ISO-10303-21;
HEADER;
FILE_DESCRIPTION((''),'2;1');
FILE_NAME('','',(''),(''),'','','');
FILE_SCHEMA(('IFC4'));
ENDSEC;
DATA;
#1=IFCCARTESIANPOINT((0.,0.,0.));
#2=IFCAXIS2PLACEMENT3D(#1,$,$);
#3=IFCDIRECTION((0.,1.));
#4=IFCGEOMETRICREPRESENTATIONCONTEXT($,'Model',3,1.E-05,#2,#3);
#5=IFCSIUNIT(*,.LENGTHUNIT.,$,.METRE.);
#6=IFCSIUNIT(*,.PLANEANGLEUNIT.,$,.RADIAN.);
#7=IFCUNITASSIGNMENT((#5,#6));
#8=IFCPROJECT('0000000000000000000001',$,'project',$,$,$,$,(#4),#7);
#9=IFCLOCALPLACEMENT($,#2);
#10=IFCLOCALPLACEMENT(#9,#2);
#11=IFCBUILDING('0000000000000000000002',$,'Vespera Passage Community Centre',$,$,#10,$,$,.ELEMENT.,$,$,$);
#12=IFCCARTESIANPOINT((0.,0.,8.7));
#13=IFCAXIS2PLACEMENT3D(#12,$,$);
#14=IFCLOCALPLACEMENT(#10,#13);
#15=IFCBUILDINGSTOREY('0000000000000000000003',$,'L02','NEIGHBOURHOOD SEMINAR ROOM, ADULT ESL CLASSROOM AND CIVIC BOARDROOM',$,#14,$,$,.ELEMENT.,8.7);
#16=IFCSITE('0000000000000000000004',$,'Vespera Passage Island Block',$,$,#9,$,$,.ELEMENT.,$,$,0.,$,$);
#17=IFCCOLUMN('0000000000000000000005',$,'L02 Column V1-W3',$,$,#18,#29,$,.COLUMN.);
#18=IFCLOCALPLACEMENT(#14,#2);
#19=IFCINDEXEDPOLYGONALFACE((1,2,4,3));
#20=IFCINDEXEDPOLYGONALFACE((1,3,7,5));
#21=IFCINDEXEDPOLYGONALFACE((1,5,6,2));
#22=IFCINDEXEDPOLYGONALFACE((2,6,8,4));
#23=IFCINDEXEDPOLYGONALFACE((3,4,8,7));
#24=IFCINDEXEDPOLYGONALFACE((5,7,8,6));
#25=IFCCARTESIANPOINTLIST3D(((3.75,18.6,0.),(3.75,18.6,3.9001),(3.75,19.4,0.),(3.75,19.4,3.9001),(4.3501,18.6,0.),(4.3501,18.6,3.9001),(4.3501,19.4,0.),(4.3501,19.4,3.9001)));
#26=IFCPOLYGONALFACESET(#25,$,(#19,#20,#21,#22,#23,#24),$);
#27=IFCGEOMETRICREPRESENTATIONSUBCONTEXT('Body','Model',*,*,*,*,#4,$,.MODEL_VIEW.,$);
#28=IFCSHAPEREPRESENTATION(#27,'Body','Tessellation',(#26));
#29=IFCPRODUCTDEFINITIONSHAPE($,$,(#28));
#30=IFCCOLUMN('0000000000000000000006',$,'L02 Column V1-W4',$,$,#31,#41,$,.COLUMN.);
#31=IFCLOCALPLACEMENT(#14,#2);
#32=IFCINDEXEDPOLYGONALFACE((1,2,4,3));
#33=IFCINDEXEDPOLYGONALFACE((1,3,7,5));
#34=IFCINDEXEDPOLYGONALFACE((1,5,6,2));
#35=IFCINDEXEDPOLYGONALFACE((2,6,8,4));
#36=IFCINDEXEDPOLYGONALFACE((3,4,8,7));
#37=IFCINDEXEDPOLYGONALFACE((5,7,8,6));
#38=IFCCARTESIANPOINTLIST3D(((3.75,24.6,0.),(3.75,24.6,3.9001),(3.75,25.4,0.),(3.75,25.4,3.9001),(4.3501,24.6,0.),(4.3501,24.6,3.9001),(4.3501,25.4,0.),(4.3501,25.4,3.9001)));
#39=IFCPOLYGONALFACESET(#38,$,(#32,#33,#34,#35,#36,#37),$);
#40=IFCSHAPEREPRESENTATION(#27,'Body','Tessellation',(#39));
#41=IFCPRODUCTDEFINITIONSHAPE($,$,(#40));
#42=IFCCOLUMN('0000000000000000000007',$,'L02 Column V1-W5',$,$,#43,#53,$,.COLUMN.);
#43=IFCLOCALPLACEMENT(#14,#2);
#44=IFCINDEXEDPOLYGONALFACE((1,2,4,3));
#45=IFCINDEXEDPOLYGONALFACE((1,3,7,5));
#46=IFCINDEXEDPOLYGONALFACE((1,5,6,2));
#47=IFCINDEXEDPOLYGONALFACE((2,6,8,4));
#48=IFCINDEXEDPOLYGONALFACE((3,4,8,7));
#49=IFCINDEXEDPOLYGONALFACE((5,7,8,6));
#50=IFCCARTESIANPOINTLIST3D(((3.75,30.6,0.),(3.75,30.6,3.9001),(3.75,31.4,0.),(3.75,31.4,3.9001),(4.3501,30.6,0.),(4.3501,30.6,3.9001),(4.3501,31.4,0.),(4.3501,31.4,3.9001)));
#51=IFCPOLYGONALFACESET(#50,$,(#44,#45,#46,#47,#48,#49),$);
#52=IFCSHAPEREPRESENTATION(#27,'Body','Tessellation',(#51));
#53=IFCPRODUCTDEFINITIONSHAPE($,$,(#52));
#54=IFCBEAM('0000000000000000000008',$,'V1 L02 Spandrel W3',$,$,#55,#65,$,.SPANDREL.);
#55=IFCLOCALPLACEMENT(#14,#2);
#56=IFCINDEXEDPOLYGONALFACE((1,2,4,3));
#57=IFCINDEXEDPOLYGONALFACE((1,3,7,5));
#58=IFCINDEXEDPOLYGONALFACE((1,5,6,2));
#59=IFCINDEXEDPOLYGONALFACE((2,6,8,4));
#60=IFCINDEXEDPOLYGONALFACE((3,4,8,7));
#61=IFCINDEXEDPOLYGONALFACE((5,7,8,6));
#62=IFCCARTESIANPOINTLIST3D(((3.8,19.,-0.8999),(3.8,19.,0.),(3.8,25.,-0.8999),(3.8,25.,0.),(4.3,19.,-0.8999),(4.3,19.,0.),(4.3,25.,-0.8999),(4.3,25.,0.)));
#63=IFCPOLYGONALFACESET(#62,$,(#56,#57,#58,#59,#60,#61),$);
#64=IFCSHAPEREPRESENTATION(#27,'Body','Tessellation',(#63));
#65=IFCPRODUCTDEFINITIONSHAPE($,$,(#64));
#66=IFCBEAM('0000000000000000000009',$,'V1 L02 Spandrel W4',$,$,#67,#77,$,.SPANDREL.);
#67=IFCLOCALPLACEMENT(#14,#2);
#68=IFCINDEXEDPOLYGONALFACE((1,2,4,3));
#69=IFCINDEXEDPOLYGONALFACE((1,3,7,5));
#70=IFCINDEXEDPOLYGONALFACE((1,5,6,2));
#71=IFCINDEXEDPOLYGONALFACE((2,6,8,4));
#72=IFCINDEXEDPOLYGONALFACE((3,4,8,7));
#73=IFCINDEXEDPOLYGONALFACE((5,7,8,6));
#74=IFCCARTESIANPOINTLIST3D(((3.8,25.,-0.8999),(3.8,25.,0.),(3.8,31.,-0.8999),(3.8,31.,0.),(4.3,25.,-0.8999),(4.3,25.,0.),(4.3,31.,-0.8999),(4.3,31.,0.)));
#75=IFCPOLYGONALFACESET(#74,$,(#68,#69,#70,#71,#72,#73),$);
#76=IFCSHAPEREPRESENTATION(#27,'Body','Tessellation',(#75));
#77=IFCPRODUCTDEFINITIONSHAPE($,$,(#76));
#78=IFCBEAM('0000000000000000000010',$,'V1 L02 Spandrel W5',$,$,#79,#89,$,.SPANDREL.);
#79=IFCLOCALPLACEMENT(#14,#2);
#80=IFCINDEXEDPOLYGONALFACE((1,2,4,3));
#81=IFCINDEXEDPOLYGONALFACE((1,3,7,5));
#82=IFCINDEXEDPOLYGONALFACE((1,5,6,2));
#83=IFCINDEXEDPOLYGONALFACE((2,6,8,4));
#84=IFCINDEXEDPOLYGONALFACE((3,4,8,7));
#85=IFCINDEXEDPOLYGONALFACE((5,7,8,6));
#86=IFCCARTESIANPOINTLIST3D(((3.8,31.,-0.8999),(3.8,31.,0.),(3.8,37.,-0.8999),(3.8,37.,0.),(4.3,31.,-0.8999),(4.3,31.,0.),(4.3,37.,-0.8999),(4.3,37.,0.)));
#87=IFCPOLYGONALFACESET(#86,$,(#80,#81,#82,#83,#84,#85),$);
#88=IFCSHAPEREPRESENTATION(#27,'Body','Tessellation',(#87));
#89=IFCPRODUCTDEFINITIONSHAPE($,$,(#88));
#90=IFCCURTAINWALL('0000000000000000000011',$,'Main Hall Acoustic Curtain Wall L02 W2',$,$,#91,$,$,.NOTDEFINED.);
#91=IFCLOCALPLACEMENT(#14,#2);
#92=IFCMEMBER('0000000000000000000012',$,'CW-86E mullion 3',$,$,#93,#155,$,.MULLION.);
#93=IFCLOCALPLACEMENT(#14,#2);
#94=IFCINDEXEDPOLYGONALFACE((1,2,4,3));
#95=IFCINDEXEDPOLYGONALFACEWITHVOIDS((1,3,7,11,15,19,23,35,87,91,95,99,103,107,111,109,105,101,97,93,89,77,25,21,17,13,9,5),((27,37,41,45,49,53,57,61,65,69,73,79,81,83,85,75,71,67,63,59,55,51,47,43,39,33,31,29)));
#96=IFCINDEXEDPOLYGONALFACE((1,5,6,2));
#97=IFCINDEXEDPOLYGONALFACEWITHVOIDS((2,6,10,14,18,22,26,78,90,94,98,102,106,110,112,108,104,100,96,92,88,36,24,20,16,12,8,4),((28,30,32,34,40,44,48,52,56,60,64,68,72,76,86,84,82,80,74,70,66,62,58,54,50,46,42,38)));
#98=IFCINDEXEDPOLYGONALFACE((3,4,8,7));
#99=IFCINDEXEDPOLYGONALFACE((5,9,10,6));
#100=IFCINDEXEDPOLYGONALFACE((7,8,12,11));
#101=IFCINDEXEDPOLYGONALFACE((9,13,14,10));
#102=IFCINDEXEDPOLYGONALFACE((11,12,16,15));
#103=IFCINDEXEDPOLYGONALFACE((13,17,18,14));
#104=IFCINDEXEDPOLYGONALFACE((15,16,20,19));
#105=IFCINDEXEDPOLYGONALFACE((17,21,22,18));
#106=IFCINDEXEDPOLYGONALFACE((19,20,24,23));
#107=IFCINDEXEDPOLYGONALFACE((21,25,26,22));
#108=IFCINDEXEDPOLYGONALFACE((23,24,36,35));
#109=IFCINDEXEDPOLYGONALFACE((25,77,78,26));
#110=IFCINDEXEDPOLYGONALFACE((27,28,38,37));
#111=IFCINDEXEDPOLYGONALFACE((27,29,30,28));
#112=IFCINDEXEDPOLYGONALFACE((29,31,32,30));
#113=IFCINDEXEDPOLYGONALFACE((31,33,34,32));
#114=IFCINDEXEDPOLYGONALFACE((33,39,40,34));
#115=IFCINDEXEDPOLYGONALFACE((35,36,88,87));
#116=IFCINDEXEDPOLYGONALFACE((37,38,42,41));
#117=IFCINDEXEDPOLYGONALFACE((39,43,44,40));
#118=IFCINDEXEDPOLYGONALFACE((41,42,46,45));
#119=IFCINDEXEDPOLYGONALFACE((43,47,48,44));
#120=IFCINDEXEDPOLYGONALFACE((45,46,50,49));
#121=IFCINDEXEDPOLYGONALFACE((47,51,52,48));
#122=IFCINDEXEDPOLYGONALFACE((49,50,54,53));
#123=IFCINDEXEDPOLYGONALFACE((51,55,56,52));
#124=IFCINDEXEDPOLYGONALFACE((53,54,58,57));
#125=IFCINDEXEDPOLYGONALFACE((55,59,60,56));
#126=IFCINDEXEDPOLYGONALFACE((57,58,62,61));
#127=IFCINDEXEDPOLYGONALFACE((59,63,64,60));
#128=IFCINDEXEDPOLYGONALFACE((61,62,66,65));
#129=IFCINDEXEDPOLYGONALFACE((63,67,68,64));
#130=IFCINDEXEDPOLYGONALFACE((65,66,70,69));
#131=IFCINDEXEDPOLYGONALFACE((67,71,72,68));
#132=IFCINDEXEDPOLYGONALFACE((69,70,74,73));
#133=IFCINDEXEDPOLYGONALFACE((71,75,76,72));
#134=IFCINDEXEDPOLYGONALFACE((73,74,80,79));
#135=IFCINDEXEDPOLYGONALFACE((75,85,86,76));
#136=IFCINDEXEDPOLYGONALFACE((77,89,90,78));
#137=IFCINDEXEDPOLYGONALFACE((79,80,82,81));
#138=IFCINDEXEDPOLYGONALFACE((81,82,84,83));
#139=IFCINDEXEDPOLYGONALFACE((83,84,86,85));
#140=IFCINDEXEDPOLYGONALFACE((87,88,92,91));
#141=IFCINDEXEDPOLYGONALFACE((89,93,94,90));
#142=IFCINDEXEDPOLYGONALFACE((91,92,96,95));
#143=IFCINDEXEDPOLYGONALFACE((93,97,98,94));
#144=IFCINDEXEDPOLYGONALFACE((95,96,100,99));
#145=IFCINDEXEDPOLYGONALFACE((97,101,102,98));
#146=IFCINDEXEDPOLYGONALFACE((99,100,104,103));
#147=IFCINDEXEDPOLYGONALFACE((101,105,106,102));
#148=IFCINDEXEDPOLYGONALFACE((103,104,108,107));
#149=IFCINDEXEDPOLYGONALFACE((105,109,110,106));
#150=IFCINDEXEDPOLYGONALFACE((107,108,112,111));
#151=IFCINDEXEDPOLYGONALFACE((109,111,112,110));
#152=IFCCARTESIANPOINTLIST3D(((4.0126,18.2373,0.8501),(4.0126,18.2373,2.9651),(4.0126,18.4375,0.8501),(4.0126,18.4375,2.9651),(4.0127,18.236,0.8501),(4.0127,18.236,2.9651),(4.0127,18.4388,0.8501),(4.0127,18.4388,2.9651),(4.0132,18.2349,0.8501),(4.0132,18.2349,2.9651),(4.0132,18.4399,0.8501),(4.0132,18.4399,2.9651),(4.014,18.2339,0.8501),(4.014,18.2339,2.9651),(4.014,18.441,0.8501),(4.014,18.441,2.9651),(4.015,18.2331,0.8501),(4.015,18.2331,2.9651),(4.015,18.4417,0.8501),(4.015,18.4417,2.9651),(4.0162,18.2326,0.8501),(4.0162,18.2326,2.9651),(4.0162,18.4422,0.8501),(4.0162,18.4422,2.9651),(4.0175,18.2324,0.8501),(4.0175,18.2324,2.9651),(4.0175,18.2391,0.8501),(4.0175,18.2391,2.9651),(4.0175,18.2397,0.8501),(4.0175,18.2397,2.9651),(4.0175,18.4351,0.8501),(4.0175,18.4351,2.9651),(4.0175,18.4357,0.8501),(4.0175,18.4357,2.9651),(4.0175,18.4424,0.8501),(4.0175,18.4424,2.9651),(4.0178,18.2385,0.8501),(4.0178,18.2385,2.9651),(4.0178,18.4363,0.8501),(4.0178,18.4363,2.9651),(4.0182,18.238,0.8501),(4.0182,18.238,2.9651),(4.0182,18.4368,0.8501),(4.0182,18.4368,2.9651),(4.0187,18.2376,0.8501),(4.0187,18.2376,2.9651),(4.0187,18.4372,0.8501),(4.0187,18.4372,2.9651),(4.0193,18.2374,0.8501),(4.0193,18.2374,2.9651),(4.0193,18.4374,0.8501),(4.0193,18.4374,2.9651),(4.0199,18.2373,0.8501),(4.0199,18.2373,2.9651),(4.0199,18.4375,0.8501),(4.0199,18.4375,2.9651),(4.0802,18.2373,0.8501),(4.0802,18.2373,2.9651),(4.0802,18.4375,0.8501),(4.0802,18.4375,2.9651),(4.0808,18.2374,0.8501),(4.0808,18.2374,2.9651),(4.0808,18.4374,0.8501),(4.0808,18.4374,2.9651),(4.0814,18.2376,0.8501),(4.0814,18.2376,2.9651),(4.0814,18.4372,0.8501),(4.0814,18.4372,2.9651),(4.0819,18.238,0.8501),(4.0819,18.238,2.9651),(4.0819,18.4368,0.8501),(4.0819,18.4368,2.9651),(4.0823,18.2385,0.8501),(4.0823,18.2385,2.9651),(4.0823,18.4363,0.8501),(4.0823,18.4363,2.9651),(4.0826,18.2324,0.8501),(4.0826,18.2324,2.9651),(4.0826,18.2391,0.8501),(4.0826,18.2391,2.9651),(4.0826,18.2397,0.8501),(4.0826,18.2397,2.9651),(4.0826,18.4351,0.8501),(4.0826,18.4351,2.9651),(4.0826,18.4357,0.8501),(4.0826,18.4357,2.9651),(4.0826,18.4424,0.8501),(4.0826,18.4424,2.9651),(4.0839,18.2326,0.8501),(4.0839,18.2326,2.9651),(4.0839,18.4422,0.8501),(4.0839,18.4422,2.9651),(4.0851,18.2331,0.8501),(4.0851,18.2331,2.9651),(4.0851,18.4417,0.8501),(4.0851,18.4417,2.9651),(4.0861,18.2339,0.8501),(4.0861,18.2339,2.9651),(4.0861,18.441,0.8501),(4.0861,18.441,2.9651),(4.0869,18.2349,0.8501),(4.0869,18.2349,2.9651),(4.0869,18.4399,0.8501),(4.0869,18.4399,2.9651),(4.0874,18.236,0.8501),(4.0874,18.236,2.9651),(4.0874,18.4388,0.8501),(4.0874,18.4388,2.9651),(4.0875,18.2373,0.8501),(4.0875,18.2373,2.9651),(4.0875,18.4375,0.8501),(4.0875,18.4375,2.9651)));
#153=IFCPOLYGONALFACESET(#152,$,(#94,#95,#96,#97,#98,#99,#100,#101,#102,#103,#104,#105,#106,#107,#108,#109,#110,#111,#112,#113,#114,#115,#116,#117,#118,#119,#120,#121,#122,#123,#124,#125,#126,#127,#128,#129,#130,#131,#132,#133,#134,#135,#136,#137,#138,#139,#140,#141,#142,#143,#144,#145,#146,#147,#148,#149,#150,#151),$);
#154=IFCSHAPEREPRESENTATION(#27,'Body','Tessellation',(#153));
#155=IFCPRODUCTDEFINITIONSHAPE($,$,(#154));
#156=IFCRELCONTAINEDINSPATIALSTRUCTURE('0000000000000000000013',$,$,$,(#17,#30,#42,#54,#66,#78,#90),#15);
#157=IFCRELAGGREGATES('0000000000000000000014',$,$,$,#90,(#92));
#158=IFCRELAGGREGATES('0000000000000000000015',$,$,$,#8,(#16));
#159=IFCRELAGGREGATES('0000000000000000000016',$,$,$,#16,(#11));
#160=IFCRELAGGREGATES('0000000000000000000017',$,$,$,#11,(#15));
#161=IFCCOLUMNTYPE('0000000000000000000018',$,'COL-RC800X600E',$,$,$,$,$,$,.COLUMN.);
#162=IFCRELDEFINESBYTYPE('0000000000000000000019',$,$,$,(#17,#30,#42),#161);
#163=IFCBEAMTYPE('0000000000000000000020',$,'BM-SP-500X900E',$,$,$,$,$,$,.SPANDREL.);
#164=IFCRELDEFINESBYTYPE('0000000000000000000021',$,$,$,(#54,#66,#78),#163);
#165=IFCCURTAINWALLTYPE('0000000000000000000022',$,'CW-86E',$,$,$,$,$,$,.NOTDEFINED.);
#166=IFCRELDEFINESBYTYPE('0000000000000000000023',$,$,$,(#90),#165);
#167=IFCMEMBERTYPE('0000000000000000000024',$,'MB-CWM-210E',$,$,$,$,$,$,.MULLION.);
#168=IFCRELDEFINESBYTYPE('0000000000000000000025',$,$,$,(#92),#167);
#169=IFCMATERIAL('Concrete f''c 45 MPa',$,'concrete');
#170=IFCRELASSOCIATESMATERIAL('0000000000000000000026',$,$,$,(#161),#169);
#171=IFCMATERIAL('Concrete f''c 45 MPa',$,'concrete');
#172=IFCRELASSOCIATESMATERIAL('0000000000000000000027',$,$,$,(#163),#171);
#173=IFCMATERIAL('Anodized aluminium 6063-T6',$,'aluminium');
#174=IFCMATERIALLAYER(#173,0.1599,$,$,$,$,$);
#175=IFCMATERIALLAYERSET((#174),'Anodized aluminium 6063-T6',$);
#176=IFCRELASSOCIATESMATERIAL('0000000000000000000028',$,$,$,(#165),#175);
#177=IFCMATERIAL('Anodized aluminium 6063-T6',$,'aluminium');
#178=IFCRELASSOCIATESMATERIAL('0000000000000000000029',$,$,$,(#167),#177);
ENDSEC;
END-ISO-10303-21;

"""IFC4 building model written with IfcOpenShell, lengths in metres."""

from ifc_helpers import new_model, si_unit, direction, frame, origin, origin_2d, place, context, subcontext, project, spatial, rectangle, hollow_rectangle, extrude, material, layer, layer_set, material_profile, profile_set, type_object, element, aggregate, save


model = new_model("IFC4")

# Units and contexts
model_context = context("Model", 3, precision=1e-05, world=origin(), true_north=direction((0.0, 1.0)))
body_context = subcontext(model_context, "Body", "Model", "MODEL_VIEW")
ifc_project = project(units=[si_unit("LENGTHUNIT", "METRE"), si_unit("PLANEANGLEUNIT", "RADIAN")], contexts=[model_context])

# Site, building, storey
site_placement = place(None, origin())
site = spatial("IfcSite", under=ifc_project, at=site_placement, Name="Vespera Passage Island Block", CompositionType="ELEMENT", RefElevation=0.0)
building_placement = place(site_placement, origin())
building = spatial("IfcBuilding", under=site, at=building_placement, Name="Vespera Passage Community Centre", CompositionType="ELEMENT")
storey_placement = place(building_placement, frame((0.0, 0.0, 8.7)))
storey = spatial("IfcBuildingStorey", under=building, at=storey_placement, Name="L02", Description="NEIGHBOURHOOD SEMINAR ROOM, ADULT ESL CLASSROOM AND CIVIC BOARDROOM", CompositionType="ELEMENT", Elevation=8.7)

# Columns
ifc_material_1 = material(Name="Concrete f'c 45 MPa", Category="concrete")
ifc_material_profile_1 = material_profile(ifc_material_1, rectangle(XDim=0.6001, YDim=0.8, at=origin_2d()), Name="RC800X600")
ifc_profile_set_1 = profile_set([ifc_material_profile_1], Name="Concrete f'c 45 MPa")
column_type = type_object("IfcColumnType", Name="COL-RC800X600E", PredefinedType="COLUMN", material=ifc_profile_set_1)
for number, where, z_axis, x_axis, name in (
    (1, (4.05, 19.0, 0.0), (0.0, 0.0, 1.0), (1.0, 0.0, 0.0), "L02 Column V1-W3"),
    (2, (4.05, 25.0, 0.0), (0.0, 0.0, 1.0), (1.0, 0.0, 0.0), "L02 Column V1-W4"),
    (3, (4.05, 31.0, 0.0), (0.0, 0.0, 1.0), (1.0, 0.0, 0.0), "L02 Column V1-W5"),
):
    element("IfcColumn", number, at=place(storey_placement, frame(where, z_axis=z_axis, x_axis=x_axis)), inside=storey, type_object=column_type, Name=name, PredefinedType="COLUMN", context=body_context, shape_type="SweptSolid", body=[
        extrude(rectangle(XDim=0.6001, YDim=0.8, at=origin_2d()), origin(), (0.0, 0.0, 1.0), 3.9001),
    ])

# Beams
ifc_material_2 = material(Name="Concrete f'c 45 MPa", Category="concrete")
ifc_material_profile_2 = material_profile(ifc_material_2, rectangle(XDim=0.5, YDim=0.8999, at=origin_2d()), Name="RC500X900")
ifc_profile_set_2 = profile_set([ifc_material_profile_2], Name="Concrete f'c 45 MPa")
beam_type = type_object("IfcBeamType", Name="BM-SP-500X900E", PredefinedType="SPANDREL", material=ifc_profile_set_2)
for number, where, z_axis, x_axis, name in (
    (4, (4.05, 19.0, -0.45), (0.0, 1.0, 0.0), (-1.0, 0.0, 0.0), "V1 L02 Spandrel W3"),
    (5, (4.05, 25.0, -0.45), (0.0, 1.0, 0.0), (-1.0, 0.0, 0.0), "V1 L02 Spandrel W4"),
    (6, (4.05, 31.0, -0.45), (0.0, 1.0, 0.0), (-1.0, 0.0, 0.0), "V1 L02 Spandrel W5"),
):
    element("IfcBeam", number, at=place(storey_placement, frame(where, z_axis=z_axis, x_axis=x_axis)), inside=storey, type_object=beam_type, Name=name, PredefinedType="SPANDREL", context=body_context, shape_type="SweptSolid", body=[
        extrude(rectangle(XDim=0.5, YDim=0.8999, at=origin_2d()), origin(), (0.0, 0.0, 1.0), 6.0),
    ])

# Curtain wall, member
ifc_material_3 = material(Name="Anodized aluminium 6063-T6", Category="aluminium")
ifc_layer_1 = layer(ifc_material_3, 0.1599)
ifc_layer_set_1 = layer_set([ifc_layer_1], Name="Anodized aluminium 6063-T6")
curtain_wall_type = type_object("IfcCurtainWallType", Name="CW-86E", PredefinedType="NOTDEFINED", material=ifc_layer_set_1)
curtain_wall_1_placement = place(storey_placement, origin())
curtain_wall_1 = element("IfcCurtainWall", 7, at=curtain_wall_1_placement, inside=storey, type_object=curtain_wall_type, Name="Main Hall Acoustic Curtain Wall L02 W2", PredefinedType="NOTDEFINED")
ifc_material_4 = material(Name="Anodized aluminium 6063-T6", Category="aluminium")
ifc_material_profile_3 = material_profile(ifc_material_4, hollow_rectangle(XDim=0.075, YDim=0.21, WallThickness=0.0049, InnerFilletRadius=0.0024, OuterFilletRadius=0.0049, at=origin_2d()), Name="ALU210X75X5")
ifc_profile_set_3 = profile_set([ifc_material_profile_3], Name="Anodized aluminium 6063-T6")
member_type_1 = type_object("IfcMemberType", Name="MB-CWM-210E", PredefinedType="MULLION", material=ifc_profile_set_3)
member_1_placement = place(storey_placement, frame((4.05, 18.3374, 0.8501), z_axis=(0.0, 0.0, 1.0), x_axis=(-1.0, 0.0, 0.0)))
member_1 = element("IfcMember", 8, at=member_1_placement, type_object=member_type_1, Name="CW-86E mullion 3", PredefinedType="MULLION", context=body_context, shape_type="SweptSolid", body=[
    extrude(hollow_rectangle(XDim=0.075, YDim=0.21, WallThickness=0.0049, InnerFilletRadius=0.0024, OuterFilletRadius=0.0049, at=origin_2d()), origin(), (0.0, 0.0, 1.0), 2.115),
])

aggregate(curtain_wall_1, [member_1])

save(model, "model.ifc")
